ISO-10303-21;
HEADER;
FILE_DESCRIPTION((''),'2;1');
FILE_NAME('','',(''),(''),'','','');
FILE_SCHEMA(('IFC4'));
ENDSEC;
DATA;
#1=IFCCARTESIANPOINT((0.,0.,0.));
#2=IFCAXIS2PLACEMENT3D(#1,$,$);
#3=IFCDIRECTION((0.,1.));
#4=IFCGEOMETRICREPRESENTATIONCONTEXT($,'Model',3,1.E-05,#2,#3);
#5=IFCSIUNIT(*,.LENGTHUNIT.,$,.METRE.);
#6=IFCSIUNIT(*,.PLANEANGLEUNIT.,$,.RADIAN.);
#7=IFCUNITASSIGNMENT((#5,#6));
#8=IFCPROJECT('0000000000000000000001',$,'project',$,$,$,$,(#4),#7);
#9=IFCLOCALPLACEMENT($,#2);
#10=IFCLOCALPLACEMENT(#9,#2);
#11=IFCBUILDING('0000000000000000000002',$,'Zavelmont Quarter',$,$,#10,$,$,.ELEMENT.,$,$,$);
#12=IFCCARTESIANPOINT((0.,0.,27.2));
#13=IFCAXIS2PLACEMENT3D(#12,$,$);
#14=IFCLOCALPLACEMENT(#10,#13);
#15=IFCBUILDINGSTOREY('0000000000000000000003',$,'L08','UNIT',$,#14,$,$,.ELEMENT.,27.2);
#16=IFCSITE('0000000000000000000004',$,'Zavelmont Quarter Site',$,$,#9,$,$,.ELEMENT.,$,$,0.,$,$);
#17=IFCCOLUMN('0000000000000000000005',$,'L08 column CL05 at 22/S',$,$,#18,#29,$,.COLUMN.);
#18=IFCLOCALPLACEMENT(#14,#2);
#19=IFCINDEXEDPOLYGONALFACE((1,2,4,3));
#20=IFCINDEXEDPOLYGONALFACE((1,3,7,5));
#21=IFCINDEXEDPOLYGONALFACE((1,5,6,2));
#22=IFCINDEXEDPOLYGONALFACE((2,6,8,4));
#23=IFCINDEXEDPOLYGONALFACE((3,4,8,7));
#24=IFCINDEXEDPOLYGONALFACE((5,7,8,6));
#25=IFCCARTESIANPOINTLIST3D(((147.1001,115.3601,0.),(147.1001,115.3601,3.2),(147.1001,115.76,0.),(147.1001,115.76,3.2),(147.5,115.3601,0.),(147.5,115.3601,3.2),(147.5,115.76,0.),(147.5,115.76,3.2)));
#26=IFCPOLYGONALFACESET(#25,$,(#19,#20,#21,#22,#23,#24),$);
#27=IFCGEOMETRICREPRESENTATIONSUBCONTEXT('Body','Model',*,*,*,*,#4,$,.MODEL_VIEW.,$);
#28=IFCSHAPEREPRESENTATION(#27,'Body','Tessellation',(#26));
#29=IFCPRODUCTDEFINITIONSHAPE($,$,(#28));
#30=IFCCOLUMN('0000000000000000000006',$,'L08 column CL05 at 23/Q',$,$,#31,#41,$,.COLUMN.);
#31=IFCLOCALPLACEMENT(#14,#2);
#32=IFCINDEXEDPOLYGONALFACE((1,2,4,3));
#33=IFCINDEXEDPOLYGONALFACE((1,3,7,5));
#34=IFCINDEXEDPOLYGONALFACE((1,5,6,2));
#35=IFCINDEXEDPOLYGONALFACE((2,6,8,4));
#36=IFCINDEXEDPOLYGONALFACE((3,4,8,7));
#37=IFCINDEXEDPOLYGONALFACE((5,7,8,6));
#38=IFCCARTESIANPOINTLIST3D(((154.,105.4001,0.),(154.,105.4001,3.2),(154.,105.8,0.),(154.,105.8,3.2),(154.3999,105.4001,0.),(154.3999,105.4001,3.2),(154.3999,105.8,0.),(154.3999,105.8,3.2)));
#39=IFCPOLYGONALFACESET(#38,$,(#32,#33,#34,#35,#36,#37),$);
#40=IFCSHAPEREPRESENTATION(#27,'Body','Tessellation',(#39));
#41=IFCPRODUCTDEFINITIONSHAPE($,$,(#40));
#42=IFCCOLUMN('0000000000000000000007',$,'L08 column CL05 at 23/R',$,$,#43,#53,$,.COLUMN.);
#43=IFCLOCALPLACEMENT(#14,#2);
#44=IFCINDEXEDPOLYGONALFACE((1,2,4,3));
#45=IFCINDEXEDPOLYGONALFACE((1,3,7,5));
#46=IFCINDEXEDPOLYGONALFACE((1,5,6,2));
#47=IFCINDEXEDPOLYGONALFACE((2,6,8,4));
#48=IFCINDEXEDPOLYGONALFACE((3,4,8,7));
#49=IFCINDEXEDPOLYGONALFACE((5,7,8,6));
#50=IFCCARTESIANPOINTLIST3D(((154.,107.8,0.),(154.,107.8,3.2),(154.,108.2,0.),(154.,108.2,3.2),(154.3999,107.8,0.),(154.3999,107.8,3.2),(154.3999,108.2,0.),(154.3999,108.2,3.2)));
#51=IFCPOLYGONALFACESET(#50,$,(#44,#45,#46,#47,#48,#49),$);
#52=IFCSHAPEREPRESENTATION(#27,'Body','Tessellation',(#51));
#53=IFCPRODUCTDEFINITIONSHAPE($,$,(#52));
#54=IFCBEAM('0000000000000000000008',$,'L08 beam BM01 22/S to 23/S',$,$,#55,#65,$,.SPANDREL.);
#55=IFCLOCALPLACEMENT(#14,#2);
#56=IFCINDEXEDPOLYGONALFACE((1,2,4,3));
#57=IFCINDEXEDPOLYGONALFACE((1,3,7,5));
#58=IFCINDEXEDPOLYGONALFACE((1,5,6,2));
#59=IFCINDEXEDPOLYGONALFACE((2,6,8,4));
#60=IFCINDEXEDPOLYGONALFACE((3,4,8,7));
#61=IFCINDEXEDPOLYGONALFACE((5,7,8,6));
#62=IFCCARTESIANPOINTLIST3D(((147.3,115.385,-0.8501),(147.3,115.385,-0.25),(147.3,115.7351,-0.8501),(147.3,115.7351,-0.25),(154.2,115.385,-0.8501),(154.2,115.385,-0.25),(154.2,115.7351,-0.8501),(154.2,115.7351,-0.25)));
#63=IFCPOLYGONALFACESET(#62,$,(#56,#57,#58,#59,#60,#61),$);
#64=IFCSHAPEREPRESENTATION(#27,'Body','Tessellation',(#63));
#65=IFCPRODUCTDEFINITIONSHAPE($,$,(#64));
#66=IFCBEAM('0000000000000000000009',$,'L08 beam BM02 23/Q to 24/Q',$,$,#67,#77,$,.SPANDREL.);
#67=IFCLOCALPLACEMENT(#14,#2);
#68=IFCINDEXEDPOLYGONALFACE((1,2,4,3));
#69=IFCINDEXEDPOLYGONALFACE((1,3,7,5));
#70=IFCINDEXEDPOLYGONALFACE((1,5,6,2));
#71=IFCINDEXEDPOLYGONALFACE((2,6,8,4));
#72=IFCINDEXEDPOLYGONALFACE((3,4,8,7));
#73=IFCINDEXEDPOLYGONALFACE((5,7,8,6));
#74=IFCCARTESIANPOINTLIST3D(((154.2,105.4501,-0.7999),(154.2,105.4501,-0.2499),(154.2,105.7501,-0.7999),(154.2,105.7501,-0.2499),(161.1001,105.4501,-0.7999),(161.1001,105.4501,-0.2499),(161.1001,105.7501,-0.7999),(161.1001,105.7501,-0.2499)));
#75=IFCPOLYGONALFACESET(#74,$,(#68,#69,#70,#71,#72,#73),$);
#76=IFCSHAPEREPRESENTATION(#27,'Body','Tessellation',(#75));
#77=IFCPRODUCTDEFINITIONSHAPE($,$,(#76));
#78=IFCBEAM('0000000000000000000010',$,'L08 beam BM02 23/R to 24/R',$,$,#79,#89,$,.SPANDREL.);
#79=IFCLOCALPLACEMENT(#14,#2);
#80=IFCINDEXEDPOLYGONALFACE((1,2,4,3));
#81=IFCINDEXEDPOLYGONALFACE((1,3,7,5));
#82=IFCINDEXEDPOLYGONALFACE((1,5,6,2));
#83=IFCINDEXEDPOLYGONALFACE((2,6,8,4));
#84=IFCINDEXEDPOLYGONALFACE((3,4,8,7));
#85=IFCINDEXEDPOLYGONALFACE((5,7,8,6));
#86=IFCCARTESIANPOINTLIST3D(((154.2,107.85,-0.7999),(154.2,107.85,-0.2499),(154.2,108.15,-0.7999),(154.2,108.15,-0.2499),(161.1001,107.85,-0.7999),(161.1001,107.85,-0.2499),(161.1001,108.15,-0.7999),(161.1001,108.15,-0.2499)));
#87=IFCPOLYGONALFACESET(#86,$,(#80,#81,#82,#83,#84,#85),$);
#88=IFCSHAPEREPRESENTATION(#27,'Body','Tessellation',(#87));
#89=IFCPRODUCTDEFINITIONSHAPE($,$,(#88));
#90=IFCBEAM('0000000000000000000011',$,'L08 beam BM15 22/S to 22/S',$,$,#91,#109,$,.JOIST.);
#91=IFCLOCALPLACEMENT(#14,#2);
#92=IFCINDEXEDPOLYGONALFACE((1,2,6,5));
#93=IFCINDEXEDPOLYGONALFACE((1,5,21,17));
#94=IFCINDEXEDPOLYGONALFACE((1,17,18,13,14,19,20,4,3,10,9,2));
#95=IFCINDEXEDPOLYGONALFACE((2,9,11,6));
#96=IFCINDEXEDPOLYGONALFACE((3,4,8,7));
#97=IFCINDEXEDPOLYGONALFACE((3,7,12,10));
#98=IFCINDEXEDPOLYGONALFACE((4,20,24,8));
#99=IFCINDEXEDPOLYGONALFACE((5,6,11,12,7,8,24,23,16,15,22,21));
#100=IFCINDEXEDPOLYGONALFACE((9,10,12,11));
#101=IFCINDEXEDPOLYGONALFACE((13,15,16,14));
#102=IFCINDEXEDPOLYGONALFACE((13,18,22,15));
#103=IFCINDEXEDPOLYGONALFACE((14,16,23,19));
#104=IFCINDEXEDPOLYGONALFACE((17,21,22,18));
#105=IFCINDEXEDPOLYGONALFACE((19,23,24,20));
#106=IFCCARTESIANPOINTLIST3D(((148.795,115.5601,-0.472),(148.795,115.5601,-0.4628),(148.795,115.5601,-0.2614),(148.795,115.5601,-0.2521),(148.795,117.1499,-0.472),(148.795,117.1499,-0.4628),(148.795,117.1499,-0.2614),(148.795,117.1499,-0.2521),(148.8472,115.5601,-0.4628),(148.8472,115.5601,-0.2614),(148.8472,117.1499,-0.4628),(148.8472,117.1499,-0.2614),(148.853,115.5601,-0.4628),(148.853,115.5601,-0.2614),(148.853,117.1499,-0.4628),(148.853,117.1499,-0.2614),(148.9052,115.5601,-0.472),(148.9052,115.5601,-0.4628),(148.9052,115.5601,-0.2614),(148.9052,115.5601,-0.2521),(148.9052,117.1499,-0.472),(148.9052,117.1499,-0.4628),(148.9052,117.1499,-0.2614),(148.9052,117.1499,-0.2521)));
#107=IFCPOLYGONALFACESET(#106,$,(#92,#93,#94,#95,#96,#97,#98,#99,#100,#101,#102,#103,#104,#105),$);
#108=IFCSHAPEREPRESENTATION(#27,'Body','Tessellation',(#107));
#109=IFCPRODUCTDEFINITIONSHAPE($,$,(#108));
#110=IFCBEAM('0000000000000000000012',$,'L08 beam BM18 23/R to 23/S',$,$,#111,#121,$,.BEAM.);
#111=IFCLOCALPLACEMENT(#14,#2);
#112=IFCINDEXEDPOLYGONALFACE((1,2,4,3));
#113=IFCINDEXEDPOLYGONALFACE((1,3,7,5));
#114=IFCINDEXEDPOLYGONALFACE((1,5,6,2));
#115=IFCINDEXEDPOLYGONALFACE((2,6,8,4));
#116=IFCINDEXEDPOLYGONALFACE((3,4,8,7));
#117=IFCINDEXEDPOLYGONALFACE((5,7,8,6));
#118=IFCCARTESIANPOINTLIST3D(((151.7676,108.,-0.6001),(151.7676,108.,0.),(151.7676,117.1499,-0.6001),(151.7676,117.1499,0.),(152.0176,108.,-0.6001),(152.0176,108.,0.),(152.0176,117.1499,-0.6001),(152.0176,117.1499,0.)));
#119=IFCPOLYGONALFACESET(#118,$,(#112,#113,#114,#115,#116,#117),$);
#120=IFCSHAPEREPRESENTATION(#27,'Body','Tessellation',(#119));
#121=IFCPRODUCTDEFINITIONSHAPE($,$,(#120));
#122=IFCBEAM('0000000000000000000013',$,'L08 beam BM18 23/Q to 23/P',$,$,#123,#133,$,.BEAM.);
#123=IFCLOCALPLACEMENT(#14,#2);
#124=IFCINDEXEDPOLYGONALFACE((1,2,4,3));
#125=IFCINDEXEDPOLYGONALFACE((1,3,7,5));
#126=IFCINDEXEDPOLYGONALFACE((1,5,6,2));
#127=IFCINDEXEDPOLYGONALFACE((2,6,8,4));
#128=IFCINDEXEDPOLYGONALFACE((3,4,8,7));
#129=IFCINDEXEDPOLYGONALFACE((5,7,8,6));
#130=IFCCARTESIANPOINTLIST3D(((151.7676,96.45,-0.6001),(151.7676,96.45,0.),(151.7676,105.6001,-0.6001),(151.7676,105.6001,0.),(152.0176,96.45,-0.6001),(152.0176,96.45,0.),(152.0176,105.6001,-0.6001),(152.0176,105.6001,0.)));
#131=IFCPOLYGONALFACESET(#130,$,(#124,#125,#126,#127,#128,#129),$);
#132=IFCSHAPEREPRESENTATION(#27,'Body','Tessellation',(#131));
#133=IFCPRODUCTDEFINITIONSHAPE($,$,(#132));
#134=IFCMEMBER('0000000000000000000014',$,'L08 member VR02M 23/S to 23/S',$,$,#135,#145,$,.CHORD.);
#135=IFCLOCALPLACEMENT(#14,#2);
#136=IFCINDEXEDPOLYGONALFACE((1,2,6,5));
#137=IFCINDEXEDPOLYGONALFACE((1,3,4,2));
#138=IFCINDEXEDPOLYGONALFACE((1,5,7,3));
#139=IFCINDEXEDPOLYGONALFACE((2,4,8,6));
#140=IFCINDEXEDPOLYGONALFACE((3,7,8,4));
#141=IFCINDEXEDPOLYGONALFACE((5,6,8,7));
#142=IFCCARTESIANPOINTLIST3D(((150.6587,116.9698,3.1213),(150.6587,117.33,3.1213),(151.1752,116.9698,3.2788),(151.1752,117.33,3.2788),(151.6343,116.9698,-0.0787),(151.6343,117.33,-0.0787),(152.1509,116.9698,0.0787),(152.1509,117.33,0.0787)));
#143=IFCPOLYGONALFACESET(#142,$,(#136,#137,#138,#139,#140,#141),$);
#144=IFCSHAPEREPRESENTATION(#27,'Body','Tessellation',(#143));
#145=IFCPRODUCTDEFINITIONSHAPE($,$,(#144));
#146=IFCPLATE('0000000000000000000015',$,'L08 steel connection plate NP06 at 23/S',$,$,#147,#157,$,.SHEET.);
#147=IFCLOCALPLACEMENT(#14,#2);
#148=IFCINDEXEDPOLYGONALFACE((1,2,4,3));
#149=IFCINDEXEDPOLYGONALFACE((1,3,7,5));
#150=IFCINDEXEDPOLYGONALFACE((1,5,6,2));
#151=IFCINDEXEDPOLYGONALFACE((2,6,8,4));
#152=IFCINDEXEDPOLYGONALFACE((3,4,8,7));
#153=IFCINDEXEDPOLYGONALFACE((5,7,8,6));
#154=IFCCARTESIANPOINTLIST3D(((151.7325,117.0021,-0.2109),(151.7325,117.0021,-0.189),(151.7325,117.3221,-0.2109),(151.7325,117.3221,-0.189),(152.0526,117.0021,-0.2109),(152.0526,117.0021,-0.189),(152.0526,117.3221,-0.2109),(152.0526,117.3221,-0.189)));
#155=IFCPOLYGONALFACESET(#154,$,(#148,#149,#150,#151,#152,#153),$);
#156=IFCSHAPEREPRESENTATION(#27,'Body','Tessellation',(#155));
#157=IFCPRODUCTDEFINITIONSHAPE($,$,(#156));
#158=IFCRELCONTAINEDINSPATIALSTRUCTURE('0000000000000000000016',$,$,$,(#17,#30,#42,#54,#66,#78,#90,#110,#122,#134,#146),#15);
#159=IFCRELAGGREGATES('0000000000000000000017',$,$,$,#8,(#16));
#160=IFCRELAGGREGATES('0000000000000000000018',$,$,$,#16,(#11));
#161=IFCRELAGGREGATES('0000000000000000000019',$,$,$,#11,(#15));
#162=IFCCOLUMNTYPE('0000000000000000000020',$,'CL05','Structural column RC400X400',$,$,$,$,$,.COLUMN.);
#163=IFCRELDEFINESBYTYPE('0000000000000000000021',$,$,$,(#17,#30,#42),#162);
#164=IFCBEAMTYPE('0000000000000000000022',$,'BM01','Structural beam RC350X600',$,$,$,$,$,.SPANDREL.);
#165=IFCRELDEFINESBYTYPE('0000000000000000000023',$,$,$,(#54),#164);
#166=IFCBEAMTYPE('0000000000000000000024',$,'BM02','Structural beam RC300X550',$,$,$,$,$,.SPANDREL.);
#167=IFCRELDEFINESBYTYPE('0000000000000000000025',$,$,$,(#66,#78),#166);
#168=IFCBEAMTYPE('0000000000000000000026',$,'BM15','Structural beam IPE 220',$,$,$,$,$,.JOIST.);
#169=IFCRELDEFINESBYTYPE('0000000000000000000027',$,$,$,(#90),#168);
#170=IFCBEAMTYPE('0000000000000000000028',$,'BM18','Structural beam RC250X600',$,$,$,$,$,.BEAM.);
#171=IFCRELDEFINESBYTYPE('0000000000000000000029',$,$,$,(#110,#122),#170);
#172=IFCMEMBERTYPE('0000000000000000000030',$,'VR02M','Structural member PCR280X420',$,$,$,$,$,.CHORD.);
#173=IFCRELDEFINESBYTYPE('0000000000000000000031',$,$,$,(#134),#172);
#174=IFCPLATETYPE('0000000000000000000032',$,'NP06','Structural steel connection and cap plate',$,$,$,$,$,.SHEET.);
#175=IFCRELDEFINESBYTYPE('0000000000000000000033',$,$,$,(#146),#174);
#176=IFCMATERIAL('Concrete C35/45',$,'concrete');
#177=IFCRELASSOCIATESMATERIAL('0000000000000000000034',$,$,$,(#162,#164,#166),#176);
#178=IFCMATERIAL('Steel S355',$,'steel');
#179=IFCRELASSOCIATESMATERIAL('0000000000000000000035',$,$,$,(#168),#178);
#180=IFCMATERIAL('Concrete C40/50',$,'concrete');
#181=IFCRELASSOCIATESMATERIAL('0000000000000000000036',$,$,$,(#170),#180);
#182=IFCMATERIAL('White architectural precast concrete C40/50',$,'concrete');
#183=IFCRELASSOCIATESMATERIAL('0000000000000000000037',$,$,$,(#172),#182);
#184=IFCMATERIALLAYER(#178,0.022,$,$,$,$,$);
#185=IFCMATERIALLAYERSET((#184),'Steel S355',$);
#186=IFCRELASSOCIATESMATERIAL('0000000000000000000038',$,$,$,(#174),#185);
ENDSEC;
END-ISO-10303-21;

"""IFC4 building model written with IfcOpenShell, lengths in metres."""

from ifc_helpers import new_model, si_unit, direction, frame, origin, origin_2d, place, context, subcontext, project, spatial, rectangle, i_section, extrude, material, layer, layer_set, material_profile, profile_set, type_object, element, save


model = new_model("IFC4")

# Units and contexts
model_context = context("Model", 3, precision=1e-05, world=origin(), true_north=direction((0.0, 1.0)))
body_context = subcontext(model_context, "Body", "Model", "MODEL_VIEW")
ifc_project = project(units=[si_unit("LENGTHUNIT", "METRE"), si_unit("PLANEANGLEUNIT", "RADIAN")], contexts=[model_context])

# Site, building, storey
site_placement = place(None, origin())
site = spatial("IfcSite", under=ifc_project, at=site_placement, Name="Zavelmont Quarter Site", CompositionType="ELEMENT", RefElevation=0.0)
building_placement = place(site_placement, origin())
building = spatial("IfcBuilding", under=site, at=building_placement, Name="Zavelmont Quarter", CompositionType="ELEMENT")
storey_placement = place(building_placement, frame((0.0, 0.0, 27.2)))
storey = spatial("IfcBuildingStorey", under=building, at=storey_placement, Name="L08", Description="UNIT", CompositionType="ELEMENT", Elevation=27.2)

# Columns
ifc_material_1 = material(Name="Concrete C35/45", Category="concrete")
ifc_material_profile_1 = material_profile(ifc_material_1, rectangle(XDim=0.3999, YDim=0.3999, at=origin_2d()), Name="RC400X400")
ifc_profile_set_1 = profile_set([ifc_material_profile_1], Name="Concrete C35/45")
column_type = type_object("IfcColumnType", Name="CL05", Description="Structural column RC400X400", PredefinedType="COLUMN", material=ifc_profile_set_1)
for number, where, z_axis, x_axis, name in (
    (1, (147.3, 115.5601, 0.0), (0.0, 0.0, 1.0), (1.0, 0.0, 0.0), "L08 column CL05 at 22/S"),
    (2, (154.2, 105.6001, 0.0), (0.0, 0.0, 1.0), (1.0, 0.0, 0.0), "L08 column CL05 at 23/Q"),
    (3, (154.2, 108.0, 0.0), (0.0, 0.0, 1.0), (1.0, 0.0, 0.0), "L08 column CL05 at 23/R"),
):
    element("IfcColumn", number, at=place(storey_placement, frame(where, z_axis=z_axis, x_axis=x_axis)), inside=storey, type_object=column_type, Name=name, PredefinedType="COLUMN", context=body_context, shape_type="SweptSolid", body=[
        extrude(rectangle(XDim=0.3999, YDim=0.3999, at=origin_2d()), origin(), (0.0, 0.0, 1.0), 3.2),
    ])

# Beams
ifc_material_profile_2 = material_profile(ifc_material_1, rectangle(XDim=0.3501, YDim=0.6001, at=origin_2d()), Name="RC350X600")
ifc_profile_set_2 = profile_set([ifc_material_profile_2], Name="Concrete C35/45")
beam_type_1 = type_object("IfcBeamType", Name="BM01", Description="Structural beam RC350X600", PredefinedType="SPANDREL", material=ifc_profile_set_2)
beam_1_placement = place(storey_placement, frame((147.3, 115.5601, -0.55), z_axis=(1.0, 0.0, 0.0), x_axis=(0.0, 1.0, 0.0)))
element("IfcBeam", 4, at=beam_1_placement, inside=storey, type_object=beam_type_1, Name="L08 beam BM01 22/S to 23/S", PredefinedType="SPANDREL", context=body_context, shape_type="SweptSolid", body=[
    extrude(rectangle(XDim=0.3501, YDim=0.6001, at=origin_2d()), origin(), (0.0, 0.0, 1.0), 6.8999),
])
ifc_material_profile_3 = material_profile(ifc_material_1, rectangle(XDim=0.3, YDim=0.55, at=origin_2d()), Name="RC300X550")
ifc_profile_set_3 = profile_set([ifc_material_profile_3], Name="Concrete C35/45")
beam_type_2 = type_object("IfcBeamType", Name="BM02", Description="Structural beam RC300X550", PredefinedType="SPANDREL", material=ifc_profile_set_3)
for number, where, z_axis, x_axis, name in (
    (5, (154.2, 105.6001, -0.5249), (1.0, 0.0, 0.0), (0.0, 1.0, 0.0), "L08 beam BM02 23/Q to 24/Q"),
    (6, (154.2, 108.0, -0.5249), (1.0, 0.0, 0.0), (0.0, 1.0, 0.0), "L08 beam BM02 23/R to 24/R"),
):
    element("IfcBeam", number, at=place(storey_placement, frame(where, z_axis=z_axis, x_axis=x_axis)), inside=storey, type_object=beam_type_2, Name=name, PredefinedType="SPANDREL", context=body_context, shape_type="SweptSolid", body=[
        extrude(rectangle(XDim=0.3, YDim=0.55, at=origin_2d()), origin(), (0.0, 0.0, 1.0), 6.9001),
    ])
ifc_material_2 = material(Name="Steel S355", Category="steel")
ifc_material_profile_4 = material_profile(ifc_material_2, i_section(OverallWidth=0.1101, OverallDepth=0.22, WebThickness=0.0059, FlangeThickness=0.0093, at=origin_2d()), Name="IPE 220")
ifc_profile_set_4 = profile_set([ifc_material_profile_4], Name="Steel S355")
beam_type_3 = type_object("IfcBeamType", Name="BM15", Description="Structural beam IPE 220", PredefinedType="JOIST", material=ifc_profile_set_4)
beam_2_placement = place(storey_placement, frame((148.8501, 115.5601, -0.3621), z_axis=(0.0, 1.0, 0.0), x_axis=(-1.0, 0.0, 0.0)))
element("IfcBeam", 7, at=beam_2_placement, inside=storey, type_object=beam_type_3, Name="L08 beam BM15 22/S to 22/S", PredefinedType="JOIST", context=body_context, shape_type="SweptSolid", body=[
    extrude(i_section(OverallWidth=0.1101, OverallDepth=0.22, WebThickness=0.0059, FlangeThickness=0.0093, at=origin_2d()), origin(), (0.0, 0.0, 1.0), 1.5898),
])
ifc_material_3 = material(Name="Concrete C40/50", Category="concrete")
ifc_material_profile_5 = material_profile(ifc_material_3, rectangle(XDim=0.25, YDim=0.6001, at=origin_2d()), Name="RC250X600")
ifc_profile_set_5 = profile_set([ifc_material_profile_5], Name="Concrete C40/50")
beam_type_4 = type_object("IfcBeamType", Name="BM18", Description="Structural beam RC250X600", PredefinedType="BEAM", material=ifc_profile_set_5)
beam_3_placement = place(storey_placement, frame((151.8926, 108.0, -0.3), z_axis=(0.0, 1.0, 0.0), x_axis=(-1.0, 0.0, 0.0)))
element("IfcBeam", 8, at=beam_3_placement, inside=storey, type_object=beam_type_4, Name="L08 beam BM18 23/R to 23/S", PredefinedType="BEAM", context=body_context, shape_type="SweptSolid", body=[
    extrude(rectangle(XDim=0.25, YDim=0.6001, at=origin_2d()), origin(), (0.0, 0.0, 1.0), 9.1499),
])
beam_4_placement = place(storey_placement, frame((151.8926, 105.6001, -0.3), z_axis=(0.0, -1.0, 0.0), x_axis=(1.0, 0.0, 0.0)))
element("IfcBeam", 9, at=beam_4_placement, inside=storey, type_object=beam_type_4, Name="L08 beam BM18 23/Q to 23/P", PredefinedType="BEAM", context=body_context, shape_type="SweptSolid", body=[
    extrude(rectangle(XDim=0.25, YDim=0.6001, at=origin_2d()), origin(), (0.0, 0.0, 1.0), 9.1501),
])

# Member
ifc_material_4 = material(Name="White architectural precast concrete C40/50", Category="concrete")
ifc_material_profile_6 = material_profile(ifc_material_4, rectangle(XDim=0.3601, YDim=0.54, at=origin_2d()), Name="PCR280X420")
ifc_profile_set_6 = profile_set([ifc_material_profile_6], Name="White architectural precast concrete C40/50")
member_type = type_object("IfcMemberType", Name="VR02M", Description="Structural member PCR280X420", PredefinedType="CHORD", material=ifc_profile_set_6)
member_placement = place(storey_placement, frame((151.8926, 117.1499, 0.0), z_axis=(-0.291623, 0.0, 0.956533), x_axis=(0.0, -1.0, 0.0)))
element("IfcMember", 10, at=member_placement, inside=storey, type_object=member_type, Name="L08 member VR02M 23/S to 23/S", PredefinedType="CHORD", context=body_context, shape_type="SweptSolid", body=[
    extrude(rectangle(XDim=0.3601, YDim=0.54, at=origin_2d()), origin(), (0.0, 0.0, 1.0), 3.3455),
])

# Plate
ifc_layer_1 = layer(ifc_material_2, 0.022)
ifc_layer_set_1 = layer_set([ifc_layer_1], Name="Steel S355")
plate_type = type_object("IfcPlateType", Name="NP06", Description="Structural steel connection and cap plate", PredefinedType="SHEET", material=ifc_layer_set_1)
plate_placement = place(storey_placement, frame((151.8926, 117.1621, -0.2109), z_axis=(0.0, 0.0, 1.0), x_axis=(1.0, 0.0, 0.0)))
element("IfcPlate", 11, at=plate_placement, inside=storey, type_object=plate_type, Name="L08 steel connection plate NP06 at 23/S", PredefinedType="SHEET", context=body_context, shape_type="SweptSolid", body=[
    extrude(rectangle(XDim=0.3201, YDim=0.3201, at=origin_2d()), origin(), (0.0, 0.0, 1.0), 0.022),
])

save(model, "model.ifc")
